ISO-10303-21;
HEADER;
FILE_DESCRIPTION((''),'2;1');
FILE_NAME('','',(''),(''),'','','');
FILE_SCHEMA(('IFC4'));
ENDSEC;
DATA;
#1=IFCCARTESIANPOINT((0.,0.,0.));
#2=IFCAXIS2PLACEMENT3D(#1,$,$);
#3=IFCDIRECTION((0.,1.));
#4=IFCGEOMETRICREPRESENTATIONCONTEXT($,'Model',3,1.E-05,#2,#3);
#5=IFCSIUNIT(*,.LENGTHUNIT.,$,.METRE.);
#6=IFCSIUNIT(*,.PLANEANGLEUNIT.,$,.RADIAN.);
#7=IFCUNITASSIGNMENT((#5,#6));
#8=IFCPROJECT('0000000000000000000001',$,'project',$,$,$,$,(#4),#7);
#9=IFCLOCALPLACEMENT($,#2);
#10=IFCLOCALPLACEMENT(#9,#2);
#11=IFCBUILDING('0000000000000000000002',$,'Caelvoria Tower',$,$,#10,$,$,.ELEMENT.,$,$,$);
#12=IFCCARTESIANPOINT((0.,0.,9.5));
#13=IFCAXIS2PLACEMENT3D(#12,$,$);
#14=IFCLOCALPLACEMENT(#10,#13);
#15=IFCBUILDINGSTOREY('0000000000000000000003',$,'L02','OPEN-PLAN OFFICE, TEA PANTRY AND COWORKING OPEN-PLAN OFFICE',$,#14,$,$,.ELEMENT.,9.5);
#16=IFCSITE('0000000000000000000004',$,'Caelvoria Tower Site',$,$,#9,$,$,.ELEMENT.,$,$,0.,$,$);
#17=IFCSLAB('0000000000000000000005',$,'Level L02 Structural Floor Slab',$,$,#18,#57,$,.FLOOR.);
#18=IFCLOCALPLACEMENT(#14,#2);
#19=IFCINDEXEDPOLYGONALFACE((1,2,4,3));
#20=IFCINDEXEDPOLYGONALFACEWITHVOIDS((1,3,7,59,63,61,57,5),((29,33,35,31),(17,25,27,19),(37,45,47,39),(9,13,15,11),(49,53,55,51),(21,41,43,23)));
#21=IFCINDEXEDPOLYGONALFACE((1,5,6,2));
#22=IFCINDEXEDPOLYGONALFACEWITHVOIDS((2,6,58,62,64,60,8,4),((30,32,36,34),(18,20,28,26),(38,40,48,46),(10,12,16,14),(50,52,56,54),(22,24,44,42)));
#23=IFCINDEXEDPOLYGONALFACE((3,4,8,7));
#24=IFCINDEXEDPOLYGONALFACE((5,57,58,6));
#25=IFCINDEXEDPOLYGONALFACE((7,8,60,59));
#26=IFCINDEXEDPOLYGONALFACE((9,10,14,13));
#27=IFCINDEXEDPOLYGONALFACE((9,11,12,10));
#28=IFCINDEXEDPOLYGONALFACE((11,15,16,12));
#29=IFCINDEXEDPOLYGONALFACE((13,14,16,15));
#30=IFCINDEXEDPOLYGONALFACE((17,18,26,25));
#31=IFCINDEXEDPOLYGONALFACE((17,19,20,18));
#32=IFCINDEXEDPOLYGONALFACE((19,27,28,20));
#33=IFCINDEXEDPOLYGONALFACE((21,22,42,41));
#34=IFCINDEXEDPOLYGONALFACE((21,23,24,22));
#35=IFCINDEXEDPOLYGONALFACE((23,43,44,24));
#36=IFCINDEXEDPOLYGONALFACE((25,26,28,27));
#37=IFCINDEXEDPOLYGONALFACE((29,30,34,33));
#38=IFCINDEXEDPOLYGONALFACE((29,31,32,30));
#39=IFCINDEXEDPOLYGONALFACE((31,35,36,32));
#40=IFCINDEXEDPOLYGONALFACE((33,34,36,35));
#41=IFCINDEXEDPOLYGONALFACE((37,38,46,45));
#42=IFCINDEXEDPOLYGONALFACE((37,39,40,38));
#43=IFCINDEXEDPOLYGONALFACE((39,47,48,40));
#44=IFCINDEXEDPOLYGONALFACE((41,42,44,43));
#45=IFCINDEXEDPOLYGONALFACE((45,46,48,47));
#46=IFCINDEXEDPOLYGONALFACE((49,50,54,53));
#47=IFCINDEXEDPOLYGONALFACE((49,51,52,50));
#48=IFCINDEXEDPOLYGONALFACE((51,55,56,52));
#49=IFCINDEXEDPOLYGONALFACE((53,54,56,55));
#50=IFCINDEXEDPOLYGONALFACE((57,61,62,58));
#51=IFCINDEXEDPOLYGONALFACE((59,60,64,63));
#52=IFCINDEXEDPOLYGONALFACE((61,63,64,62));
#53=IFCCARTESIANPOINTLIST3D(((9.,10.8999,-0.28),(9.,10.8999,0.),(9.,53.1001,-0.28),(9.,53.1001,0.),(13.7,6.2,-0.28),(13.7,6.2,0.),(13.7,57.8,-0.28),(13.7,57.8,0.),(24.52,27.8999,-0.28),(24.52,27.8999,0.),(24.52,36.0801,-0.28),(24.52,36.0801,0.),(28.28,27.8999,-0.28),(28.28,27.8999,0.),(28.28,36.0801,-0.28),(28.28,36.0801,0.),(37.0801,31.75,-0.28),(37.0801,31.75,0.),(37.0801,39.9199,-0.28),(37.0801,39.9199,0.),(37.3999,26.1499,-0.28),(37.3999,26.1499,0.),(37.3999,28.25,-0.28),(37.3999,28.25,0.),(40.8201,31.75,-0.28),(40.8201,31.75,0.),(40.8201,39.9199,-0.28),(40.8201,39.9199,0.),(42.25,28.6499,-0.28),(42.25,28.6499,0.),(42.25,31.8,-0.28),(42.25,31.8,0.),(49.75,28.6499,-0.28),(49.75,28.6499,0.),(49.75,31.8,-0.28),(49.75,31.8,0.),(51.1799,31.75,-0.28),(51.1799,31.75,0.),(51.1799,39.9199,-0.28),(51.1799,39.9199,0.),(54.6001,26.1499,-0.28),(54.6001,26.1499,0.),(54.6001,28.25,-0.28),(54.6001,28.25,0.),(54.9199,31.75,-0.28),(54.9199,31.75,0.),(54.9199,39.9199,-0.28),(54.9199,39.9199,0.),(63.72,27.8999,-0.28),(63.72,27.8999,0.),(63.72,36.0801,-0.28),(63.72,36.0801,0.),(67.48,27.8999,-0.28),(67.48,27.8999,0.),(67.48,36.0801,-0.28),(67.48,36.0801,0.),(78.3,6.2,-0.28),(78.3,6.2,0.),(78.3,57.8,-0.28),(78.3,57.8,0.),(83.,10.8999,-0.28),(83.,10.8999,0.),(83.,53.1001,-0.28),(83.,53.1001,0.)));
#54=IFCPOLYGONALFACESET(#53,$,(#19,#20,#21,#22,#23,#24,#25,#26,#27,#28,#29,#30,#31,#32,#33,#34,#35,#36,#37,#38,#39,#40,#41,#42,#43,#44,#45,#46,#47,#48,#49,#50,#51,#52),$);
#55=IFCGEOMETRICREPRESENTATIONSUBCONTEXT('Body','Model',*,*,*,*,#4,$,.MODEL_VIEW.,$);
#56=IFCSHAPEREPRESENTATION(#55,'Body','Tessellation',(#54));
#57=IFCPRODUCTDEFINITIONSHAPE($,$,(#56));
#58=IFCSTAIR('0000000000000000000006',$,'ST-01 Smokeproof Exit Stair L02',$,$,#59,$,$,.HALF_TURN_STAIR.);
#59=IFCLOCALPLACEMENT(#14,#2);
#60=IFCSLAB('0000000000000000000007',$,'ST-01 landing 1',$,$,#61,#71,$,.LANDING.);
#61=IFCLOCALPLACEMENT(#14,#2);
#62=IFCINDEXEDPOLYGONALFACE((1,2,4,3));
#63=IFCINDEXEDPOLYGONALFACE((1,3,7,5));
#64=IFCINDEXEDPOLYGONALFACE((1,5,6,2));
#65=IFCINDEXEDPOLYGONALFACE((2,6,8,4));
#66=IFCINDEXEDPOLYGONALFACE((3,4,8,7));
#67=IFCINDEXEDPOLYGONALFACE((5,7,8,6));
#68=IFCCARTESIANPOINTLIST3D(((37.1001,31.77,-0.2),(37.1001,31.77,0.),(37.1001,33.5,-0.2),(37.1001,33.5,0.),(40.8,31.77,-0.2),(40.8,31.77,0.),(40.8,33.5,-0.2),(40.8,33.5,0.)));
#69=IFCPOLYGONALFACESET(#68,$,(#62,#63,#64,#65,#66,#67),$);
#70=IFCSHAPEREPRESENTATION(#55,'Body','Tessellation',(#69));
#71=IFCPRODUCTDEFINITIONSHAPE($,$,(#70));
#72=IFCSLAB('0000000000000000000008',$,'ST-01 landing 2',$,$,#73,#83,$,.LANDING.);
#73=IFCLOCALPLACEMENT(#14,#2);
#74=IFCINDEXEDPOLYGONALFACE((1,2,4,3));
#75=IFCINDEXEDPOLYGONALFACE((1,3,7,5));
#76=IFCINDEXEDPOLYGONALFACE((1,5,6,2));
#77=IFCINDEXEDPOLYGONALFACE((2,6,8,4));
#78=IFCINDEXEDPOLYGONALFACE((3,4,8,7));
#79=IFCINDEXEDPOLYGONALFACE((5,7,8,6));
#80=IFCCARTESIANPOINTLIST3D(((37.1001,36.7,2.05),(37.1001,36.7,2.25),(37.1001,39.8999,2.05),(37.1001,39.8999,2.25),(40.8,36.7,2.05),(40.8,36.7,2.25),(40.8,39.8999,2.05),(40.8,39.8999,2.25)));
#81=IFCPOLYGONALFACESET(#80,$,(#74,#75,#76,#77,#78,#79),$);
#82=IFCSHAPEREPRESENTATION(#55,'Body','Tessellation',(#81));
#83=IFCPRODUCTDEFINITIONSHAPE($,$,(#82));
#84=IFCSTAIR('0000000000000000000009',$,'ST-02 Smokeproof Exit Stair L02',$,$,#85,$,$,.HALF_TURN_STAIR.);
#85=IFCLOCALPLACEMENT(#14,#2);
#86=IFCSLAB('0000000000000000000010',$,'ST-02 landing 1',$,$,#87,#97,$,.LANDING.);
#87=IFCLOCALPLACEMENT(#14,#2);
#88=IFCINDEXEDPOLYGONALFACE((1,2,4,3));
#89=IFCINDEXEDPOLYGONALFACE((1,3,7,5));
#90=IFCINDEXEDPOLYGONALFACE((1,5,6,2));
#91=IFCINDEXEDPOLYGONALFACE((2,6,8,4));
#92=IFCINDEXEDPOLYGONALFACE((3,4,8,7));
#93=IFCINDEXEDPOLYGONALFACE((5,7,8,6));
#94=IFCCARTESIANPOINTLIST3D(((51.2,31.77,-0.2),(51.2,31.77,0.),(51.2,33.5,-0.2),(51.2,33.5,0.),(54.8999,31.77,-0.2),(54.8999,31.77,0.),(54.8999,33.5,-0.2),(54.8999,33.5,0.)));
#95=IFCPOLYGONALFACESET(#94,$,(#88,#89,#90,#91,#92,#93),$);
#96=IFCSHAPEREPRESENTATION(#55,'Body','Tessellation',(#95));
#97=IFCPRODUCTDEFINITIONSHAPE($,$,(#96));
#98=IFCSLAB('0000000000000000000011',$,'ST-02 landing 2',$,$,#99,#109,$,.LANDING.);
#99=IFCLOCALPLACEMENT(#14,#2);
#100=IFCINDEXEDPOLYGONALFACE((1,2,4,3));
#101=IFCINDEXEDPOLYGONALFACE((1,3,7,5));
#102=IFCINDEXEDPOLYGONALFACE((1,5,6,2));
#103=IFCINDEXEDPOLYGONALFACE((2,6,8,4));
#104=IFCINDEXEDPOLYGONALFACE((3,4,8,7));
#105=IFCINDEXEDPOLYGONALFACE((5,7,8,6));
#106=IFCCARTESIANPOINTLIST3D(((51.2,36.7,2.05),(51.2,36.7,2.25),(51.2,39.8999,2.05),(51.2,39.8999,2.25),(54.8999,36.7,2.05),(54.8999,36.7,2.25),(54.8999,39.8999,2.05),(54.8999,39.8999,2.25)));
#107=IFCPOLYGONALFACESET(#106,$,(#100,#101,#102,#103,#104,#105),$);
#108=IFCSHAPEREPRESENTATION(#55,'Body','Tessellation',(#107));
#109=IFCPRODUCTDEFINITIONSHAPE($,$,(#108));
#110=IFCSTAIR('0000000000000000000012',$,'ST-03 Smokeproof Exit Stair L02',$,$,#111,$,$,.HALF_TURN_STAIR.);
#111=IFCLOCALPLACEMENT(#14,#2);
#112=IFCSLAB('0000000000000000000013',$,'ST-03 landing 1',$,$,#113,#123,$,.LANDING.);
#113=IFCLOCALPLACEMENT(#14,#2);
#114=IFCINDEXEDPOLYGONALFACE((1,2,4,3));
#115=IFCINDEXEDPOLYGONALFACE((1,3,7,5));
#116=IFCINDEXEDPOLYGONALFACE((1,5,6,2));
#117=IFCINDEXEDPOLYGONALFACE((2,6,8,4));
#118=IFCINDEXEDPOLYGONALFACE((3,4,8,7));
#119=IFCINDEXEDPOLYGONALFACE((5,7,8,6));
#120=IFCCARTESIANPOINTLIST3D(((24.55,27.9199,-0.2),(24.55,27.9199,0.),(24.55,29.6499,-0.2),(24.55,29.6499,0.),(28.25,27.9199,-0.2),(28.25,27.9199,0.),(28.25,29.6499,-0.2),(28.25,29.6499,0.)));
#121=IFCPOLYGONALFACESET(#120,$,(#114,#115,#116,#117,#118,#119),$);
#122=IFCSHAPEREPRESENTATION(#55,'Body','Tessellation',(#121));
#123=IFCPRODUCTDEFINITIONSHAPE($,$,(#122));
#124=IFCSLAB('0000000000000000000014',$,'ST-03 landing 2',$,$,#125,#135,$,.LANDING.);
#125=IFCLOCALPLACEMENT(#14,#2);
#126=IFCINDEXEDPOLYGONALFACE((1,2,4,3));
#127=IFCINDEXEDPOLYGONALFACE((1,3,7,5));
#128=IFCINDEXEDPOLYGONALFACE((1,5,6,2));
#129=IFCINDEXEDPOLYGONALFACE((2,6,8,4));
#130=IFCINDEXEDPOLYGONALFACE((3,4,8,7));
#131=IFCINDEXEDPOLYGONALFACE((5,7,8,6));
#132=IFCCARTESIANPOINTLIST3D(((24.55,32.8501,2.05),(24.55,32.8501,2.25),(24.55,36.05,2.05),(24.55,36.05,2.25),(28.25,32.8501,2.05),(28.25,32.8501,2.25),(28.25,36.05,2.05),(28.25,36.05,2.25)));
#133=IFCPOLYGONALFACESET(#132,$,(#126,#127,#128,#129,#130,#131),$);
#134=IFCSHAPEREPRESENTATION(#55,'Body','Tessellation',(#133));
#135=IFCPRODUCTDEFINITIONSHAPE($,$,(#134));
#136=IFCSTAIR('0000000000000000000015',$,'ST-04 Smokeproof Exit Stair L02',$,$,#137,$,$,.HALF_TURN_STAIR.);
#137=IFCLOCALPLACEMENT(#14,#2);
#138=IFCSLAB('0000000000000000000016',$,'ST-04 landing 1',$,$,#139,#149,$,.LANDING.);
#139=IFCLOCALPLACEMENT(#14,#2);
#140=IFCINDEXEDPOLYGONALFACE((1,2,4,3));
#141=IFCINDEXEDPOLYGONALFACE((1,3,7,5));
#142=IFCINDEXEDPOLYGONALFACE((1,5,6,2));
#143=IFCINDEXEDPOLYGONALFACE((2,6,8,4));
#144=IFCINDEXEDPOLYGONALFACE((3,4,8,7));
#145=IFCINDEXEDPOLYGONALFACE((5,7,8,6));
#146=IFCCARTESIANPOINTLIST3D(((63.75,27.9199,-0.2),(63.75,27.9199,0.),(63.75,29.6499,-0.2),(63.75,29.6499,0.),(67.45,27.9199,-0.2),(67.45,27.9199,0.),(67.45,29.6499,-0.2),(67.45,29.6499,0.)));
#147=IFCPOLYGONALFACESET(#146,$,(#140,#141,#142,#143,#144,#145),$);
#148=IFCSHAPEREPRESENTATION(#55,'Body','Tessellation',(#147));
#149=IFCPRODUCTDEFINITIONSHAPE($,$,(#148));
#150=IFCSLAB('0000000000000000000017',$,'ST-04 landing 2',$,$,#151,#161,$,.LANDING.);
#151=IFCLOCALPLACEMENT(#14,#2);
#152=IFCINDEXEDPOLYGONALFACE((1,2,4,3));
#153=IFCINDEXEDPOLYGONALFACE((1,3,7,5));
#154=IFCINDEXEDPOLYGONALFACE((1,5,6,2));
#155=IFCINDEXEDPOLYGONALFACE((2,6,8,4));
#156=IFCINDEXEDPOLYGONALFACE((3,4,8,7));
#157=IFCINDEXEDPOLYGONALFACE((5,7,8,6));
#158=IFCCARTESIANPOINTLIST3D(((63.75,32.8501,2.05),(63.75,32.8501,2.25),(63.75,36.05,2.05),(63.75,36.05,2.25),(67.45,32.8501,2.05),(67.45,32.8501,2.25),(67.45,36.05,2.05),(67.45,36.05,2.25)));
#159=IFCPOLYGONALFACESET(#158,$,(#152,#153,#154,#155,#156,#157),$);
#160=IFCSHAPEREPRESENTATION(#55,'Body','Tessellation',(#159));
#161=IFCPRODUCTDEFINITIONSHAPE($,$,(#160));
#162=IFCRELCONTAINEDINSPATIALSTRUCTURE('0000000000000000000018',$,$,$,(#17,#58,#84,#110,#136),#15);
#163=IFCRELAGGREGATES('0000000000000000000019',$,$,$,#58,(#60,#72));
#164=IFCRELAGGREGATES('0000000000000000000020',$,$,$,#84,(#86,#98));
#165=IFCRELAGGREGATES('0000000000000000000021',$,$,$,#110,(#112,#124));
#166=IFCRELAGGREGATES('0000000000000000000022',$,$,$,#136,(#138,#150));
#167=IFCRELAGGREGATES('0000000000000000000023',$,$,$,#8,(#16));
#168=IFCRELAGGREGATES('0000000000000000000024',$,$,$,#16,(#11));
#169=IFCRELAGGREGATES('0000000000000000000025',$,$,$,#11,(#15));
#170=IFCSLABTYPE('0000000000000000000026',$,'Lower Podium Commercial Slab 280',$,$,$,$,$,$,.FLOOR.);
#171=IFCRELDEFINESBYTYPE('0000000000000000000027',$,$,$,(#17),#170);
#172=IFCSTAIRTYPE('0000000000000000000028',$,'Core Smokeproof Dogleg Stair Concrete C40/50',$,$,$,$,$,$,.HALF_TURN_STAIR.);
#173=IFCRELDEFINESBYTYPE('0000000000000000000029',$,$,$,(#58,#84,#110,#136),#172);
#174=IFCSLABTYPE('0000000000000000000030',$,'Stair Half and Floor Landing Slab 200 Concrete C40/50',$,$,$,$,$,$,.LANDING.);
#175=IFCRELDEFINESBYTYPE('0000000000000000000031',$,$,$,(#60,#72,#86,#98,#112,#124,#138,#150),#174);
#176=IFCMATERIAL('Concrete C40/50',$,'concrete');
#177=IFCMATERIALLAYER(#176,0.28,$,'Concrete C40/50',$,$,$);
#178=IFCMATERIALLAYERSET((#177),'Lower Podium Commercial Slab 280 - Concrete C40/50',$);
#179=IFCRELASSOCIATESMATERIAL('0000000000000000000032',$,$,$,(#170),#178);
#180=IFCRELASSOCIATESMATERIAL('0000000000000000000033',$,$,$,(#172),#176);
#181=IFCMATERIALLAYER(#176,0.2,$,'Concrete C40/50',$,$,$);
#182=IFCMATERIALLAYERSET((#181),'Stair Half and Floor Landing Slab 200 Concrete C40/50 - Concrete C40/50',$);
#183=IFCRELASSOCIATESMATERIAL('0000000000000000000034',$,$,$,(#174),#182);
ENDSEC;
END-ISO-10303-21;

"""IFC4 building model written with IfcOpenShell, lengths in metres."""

from ifc_helpers import new_model, si_unit, direction, frame, origin, place, context, subcontext, project, spatial, polyline, outline, extrude, material, layer, layer_set, type_object, element, aggregate, save


model = new_model("IFC4")

# Units and contexts
model_context = context("Model", 3, precision=1e-05, world=origin(), true_north=direction((0.0, 1.0)))
body_context = subcontext(model_context, "Body", "Model", "MODEL_VIEW")
ifc_project = project(units=[si_unit("LENGTHUNIT", "METRE"), si_unit("PLANEANGLEUNIT", "RADIAN")], contexts=[model_context])

# Site, building, storey
site_placement = place(None, origin())
site = spatial("IfcSite", under=ifc_project, at=site_placement, Name="Caelvoria Tower Site", CompositionType="ELEMENT", RefElevation=0.0)
building_placement = place(site_placement, origin())
building = spatial("IfcBuilding", under=site, at=building_placement, Name="Caelvoria Tower", CompositionType="ELEMENT")
storey_placement = place(building_placement, frame((0.0, 0.0, 9.5)))
storey = spatial("IfcBuildingStorey", under=building, at=storey_placement, Name="L02", Description="OPEN-PLAN OFFICE, TEA PANTRY AND COWORKING OPEN-PLAN OFFICE", CompositionType="ELEMENT", Elevation=9.5)

# Slab
ifc_material_1 = material(Name="Concrete C40/50", Category="concrete")
ifc_layer_1 = layer(ifc_material_1, 0.28, Name="Concrete C40/50")
ifc_layer_set_1 = layer_set([ifc_layer_1], Name="Lower Podium Commercial Slab 280 - Concrete C40/50")
slab_type_1 = type_object("IfcSlabType", Name="Lower Podium Commercial Slab 280", PredefinedType="FLOOR", material=ifc_layer_set_1)
slab_1_placement = place(storey_placement, frame((0.0, 0.0, -0.28)))
element("IfcSlab", 1, at=slab_1_placement, inside=storey, type_object=slab_type_1, Name="Level L02 Structural Floor Slab", PredefinedType="FLOOR", context=body_context, shape_type="SweptSolid", body=[
    extrude(outline(polyline([(13.7, 6.2), (78.3, 6.2), (83.0, 10.8999), (83.0, 53.1001), (78.3, 57.8), (13.7, 57.8), (9.0, 53.1001), (9.0, 10.8999), (13.7, 6.2)]), holes=[polyline([(37.0801, 31.75), (40.8201, 31.75), (40.8201, 39.9199), (37.0801, 39.9199), (37.0801, 31.75)]), polyline([(51.1799, 31.75), (54.9199, 31.75), (54.9199, 39.9199), (51.1799, 39.9199), (51.1799, 31.75)]), polyline([(42.25, 28.6499), (49.75, 28.6499), (49.75, 31.8), (42.25, 31.8), (42.25, 28.6499)]), polyline([(24.52, 27.8999), (28.28, 27.8999), (28.28, 36.0801), (24.52, 36.0801), (24.52, 27.8999)]), polyline([(63.72, 27.8999), (67.48, 27.8999), (67.48, 36.0801), (63.72, 36.0801), (63.72, 27.8999)]), polyline([(37.3999, 26.1499), (54.6001, 26.1499), (54.6001, 28.25), (37.3999, 28.25), (37.3999, 26.1499)])]), origin(), (0.0, 0.0, 1.0), 0.28),
])

# Stairs, slabs
stair_type = type_object("IfcStairType", Name="Core Smokeproof Dogleg Stair Concrete C40/50", PredefinedType="HALF_TURN_STAIR", material=ifc_material_1)
stair_1_placement = place(storey_placement, origin())
stair_1 = element("IfcStair", 2, at=stair_1_placement, inside=storey, type_object=stair_type, Name="ST-01 Smokeproof Exit Stair L02", PredefinedType="HALF_TURN_STAIR")
ifc_layer_2 = layer(ifc_material_1, 0.2, Name="Concrete C40/50")
ifc_layer_set_2 = layer_set([ifc_layer_2], Name="Stair Half and Floor Landing Slab 200 Concrete C40/50 - Concrete C40/50")
slab_type_2 = type_object("IfcSlabType", Name="Stair Half and Floor Landing Slab 200 Concrete C40/50", PredefinedType="LANDING", material=ifc_layer_set_2)
slab_2_placement = place(storey_placement, frame((0.0, 0.0, -0.2)))
slab_2 = element("IfcSlab", 3, at=slab_2_placement, type_object=slab_type_2, Name="ST-01 landing 1", PredefinedType="LANDING", context=body_context, shape_type="SweptSolid", body=[
    extrude(outline(polyline([(37.1001, 31.77), (40.8, 31.77), (40.8, 33.5), (37.1001, 33.5), (37.1001, 31.77)])), origin(), (0.0, 0.0, 1.0), 0.2),
])
slab_3_placement = place(storey_placement, frame((0.0, 0.0, 2.05)))
slab_3 = element("IfcSlab", 4, at=slab_3_placement, type_object=slab_type_2, Name="ST-01 landing 2", PredefinedType="LANDING", context=body_context, shape_type="SweptSolid", body=[
    extrude(outline(polyline([(37.1001, 36.7), (40.8, 36.7), (40.8, 39.8999), (37.1001, 39.8999), (37.1001, 36.7)])), origin(), (0.0, 0.0, 1.0), 0.2),
])
aggregate(stair_1, [slab_2, slab_3])
stair_2_placement = place(storey_placement, origin())
stair_2 = element("IfcStair", 5, at=stair_2_placement, inside=storey, type_object=stair_type, Name="ST-02 Smokeproof Exit Stair L02", PredefinedType="HALF_TURN_STAIR")
slab_4_placement = place(storey_placement, frame((0.0, 0.0, -0.2)))
slab_4 = element("IfcSlab", 6, at=slab_4_placement, type_object=slab_type_2, Name="ST-02 landing 1", PredefinedType="LANDING", context=body_context, shape_type="SweptSolid", body=[
    extrude(outline(polyline([(51.2, 31.77), (54.8999, 31.77), (54.8999, 33.5), (51.2, 33.5), (51.2, 31.77)])), origin(), (0.0, 0.0, 1.0), 0.2),
])
slab_5_placement = place(storey_placement, frame((0.0, 0.0, 2.05)))
slab_5 = element("IfcSlab", 7, at=slab_5_placement, type_object=slab_type_2, Name="ST-02 landing 2", PredefinedType="LANDING", context=body_context, shape_type="SweptSolid", body=[
    extrude(outline(polyline([(51.2, 36.7), (54.8999, 36.7), (54.8999, 39.8999), (51.2, 39.8999), (51.2, 36.7)])), origin(), (0.0, 0.0, 1.0), 0.2),
])
aggregate(stair_2, [slab_4, slab_5])
stair_3_placement = place(storey_placement, origin())
stair_3 = element("IfcStair", 8, at=stair_3_placement, inside=storey, type_object=stair_type, Name="ST-03 Smokeproof Exit Stair L02", PredefinedType="HALF_TURN_STAIR")
slab_6_placement = place(storey_placement, frame((0.0, 0.0, -0.2)))
slab_6 = element("IfcSlab", 9, at=slab_6_placement, type_object=slab_type_2, Name="ST-03 landing 1", PredefinedType="LANDING", context=body_context, shape_type="SweptSolid", body=[
    extrude(outline(polyline([(24.55, 27.9199), (28.25, 27.9199), (28.25, 29.6499), (24.55, 29.6499), (24.55, 27.9199)])), origin(), (0.0, 0.0, 1.0), 0.2),
])
slab_7_placement = place(storey_placement, frame((0.0, 0.0, 2.05)))
slab_7 = element("IfcSlab", 10, at=slab_7_placement, type_object=slab_type_2, Name="ST-03 landing 2", PredefinedType="LANDING", context=body_context, shape_type="SweptSolid", body=[
    extrude(outline(polyline([(24.55, 32.8501), (28.25, 32.8501), (28.25, 36.05), (24.55, 36.05), (24.55, 32.8501)])), origin(), (0.0, 0.0, 1.0), 0.2),
])
aggregate(stair_3, [slab_6, slab_7])
stair_4_placement = place(storey_placement, origin())
stair_4 = element("IfcStair", 11, at=stair_4_placement, inside=storey, type_object=stair_type, Name="ST-04 Smokeproof Exit Stair L02", PredefinedType="HALF_TURN_STAIR")
slab_8_placement = place(storey_placement, frame((0.0, 0.0, -0.2)))
slab_8 = element("IfcSlab", 12, at=slab_8_placement, type_object=slab_type_2, Name="ST-04 landing 1", PredefinedType="LANDING", context=body_context, shape_type="SweptSolid", body=[
    extrude(outline(polyline([(63.75, 27.9199), (67.45, 27.9199), (67.45, 29.6499), (63.75, 29.6499), (63.75, 27.9199)])), origin(), (0.0, 0.0, 1.0), 0.2),
])
slab_9_placement = place(storey_placement, frame((0.0, 0.0, 2.05)))
slab_9 = element("IfcSlab", 13, at=slab_9_placement, type_object=slab_type_2, Name="ST-04 landing 2", PredefinedType="LANDING", context=body_context, shape_type="SweptSolid", body=[
    extrude(outline(polyline([(63.75, 32.8501), (67.45, 32.8501), (67.45, 36.05), (63.75, 36.05), (63.75, 32.8501)])), origin(), (0.0, 0.0, 1.0), 0.2),
])
aggregate(stair_4, [slab_8, slab_9])

save(model, "model.ifc")
